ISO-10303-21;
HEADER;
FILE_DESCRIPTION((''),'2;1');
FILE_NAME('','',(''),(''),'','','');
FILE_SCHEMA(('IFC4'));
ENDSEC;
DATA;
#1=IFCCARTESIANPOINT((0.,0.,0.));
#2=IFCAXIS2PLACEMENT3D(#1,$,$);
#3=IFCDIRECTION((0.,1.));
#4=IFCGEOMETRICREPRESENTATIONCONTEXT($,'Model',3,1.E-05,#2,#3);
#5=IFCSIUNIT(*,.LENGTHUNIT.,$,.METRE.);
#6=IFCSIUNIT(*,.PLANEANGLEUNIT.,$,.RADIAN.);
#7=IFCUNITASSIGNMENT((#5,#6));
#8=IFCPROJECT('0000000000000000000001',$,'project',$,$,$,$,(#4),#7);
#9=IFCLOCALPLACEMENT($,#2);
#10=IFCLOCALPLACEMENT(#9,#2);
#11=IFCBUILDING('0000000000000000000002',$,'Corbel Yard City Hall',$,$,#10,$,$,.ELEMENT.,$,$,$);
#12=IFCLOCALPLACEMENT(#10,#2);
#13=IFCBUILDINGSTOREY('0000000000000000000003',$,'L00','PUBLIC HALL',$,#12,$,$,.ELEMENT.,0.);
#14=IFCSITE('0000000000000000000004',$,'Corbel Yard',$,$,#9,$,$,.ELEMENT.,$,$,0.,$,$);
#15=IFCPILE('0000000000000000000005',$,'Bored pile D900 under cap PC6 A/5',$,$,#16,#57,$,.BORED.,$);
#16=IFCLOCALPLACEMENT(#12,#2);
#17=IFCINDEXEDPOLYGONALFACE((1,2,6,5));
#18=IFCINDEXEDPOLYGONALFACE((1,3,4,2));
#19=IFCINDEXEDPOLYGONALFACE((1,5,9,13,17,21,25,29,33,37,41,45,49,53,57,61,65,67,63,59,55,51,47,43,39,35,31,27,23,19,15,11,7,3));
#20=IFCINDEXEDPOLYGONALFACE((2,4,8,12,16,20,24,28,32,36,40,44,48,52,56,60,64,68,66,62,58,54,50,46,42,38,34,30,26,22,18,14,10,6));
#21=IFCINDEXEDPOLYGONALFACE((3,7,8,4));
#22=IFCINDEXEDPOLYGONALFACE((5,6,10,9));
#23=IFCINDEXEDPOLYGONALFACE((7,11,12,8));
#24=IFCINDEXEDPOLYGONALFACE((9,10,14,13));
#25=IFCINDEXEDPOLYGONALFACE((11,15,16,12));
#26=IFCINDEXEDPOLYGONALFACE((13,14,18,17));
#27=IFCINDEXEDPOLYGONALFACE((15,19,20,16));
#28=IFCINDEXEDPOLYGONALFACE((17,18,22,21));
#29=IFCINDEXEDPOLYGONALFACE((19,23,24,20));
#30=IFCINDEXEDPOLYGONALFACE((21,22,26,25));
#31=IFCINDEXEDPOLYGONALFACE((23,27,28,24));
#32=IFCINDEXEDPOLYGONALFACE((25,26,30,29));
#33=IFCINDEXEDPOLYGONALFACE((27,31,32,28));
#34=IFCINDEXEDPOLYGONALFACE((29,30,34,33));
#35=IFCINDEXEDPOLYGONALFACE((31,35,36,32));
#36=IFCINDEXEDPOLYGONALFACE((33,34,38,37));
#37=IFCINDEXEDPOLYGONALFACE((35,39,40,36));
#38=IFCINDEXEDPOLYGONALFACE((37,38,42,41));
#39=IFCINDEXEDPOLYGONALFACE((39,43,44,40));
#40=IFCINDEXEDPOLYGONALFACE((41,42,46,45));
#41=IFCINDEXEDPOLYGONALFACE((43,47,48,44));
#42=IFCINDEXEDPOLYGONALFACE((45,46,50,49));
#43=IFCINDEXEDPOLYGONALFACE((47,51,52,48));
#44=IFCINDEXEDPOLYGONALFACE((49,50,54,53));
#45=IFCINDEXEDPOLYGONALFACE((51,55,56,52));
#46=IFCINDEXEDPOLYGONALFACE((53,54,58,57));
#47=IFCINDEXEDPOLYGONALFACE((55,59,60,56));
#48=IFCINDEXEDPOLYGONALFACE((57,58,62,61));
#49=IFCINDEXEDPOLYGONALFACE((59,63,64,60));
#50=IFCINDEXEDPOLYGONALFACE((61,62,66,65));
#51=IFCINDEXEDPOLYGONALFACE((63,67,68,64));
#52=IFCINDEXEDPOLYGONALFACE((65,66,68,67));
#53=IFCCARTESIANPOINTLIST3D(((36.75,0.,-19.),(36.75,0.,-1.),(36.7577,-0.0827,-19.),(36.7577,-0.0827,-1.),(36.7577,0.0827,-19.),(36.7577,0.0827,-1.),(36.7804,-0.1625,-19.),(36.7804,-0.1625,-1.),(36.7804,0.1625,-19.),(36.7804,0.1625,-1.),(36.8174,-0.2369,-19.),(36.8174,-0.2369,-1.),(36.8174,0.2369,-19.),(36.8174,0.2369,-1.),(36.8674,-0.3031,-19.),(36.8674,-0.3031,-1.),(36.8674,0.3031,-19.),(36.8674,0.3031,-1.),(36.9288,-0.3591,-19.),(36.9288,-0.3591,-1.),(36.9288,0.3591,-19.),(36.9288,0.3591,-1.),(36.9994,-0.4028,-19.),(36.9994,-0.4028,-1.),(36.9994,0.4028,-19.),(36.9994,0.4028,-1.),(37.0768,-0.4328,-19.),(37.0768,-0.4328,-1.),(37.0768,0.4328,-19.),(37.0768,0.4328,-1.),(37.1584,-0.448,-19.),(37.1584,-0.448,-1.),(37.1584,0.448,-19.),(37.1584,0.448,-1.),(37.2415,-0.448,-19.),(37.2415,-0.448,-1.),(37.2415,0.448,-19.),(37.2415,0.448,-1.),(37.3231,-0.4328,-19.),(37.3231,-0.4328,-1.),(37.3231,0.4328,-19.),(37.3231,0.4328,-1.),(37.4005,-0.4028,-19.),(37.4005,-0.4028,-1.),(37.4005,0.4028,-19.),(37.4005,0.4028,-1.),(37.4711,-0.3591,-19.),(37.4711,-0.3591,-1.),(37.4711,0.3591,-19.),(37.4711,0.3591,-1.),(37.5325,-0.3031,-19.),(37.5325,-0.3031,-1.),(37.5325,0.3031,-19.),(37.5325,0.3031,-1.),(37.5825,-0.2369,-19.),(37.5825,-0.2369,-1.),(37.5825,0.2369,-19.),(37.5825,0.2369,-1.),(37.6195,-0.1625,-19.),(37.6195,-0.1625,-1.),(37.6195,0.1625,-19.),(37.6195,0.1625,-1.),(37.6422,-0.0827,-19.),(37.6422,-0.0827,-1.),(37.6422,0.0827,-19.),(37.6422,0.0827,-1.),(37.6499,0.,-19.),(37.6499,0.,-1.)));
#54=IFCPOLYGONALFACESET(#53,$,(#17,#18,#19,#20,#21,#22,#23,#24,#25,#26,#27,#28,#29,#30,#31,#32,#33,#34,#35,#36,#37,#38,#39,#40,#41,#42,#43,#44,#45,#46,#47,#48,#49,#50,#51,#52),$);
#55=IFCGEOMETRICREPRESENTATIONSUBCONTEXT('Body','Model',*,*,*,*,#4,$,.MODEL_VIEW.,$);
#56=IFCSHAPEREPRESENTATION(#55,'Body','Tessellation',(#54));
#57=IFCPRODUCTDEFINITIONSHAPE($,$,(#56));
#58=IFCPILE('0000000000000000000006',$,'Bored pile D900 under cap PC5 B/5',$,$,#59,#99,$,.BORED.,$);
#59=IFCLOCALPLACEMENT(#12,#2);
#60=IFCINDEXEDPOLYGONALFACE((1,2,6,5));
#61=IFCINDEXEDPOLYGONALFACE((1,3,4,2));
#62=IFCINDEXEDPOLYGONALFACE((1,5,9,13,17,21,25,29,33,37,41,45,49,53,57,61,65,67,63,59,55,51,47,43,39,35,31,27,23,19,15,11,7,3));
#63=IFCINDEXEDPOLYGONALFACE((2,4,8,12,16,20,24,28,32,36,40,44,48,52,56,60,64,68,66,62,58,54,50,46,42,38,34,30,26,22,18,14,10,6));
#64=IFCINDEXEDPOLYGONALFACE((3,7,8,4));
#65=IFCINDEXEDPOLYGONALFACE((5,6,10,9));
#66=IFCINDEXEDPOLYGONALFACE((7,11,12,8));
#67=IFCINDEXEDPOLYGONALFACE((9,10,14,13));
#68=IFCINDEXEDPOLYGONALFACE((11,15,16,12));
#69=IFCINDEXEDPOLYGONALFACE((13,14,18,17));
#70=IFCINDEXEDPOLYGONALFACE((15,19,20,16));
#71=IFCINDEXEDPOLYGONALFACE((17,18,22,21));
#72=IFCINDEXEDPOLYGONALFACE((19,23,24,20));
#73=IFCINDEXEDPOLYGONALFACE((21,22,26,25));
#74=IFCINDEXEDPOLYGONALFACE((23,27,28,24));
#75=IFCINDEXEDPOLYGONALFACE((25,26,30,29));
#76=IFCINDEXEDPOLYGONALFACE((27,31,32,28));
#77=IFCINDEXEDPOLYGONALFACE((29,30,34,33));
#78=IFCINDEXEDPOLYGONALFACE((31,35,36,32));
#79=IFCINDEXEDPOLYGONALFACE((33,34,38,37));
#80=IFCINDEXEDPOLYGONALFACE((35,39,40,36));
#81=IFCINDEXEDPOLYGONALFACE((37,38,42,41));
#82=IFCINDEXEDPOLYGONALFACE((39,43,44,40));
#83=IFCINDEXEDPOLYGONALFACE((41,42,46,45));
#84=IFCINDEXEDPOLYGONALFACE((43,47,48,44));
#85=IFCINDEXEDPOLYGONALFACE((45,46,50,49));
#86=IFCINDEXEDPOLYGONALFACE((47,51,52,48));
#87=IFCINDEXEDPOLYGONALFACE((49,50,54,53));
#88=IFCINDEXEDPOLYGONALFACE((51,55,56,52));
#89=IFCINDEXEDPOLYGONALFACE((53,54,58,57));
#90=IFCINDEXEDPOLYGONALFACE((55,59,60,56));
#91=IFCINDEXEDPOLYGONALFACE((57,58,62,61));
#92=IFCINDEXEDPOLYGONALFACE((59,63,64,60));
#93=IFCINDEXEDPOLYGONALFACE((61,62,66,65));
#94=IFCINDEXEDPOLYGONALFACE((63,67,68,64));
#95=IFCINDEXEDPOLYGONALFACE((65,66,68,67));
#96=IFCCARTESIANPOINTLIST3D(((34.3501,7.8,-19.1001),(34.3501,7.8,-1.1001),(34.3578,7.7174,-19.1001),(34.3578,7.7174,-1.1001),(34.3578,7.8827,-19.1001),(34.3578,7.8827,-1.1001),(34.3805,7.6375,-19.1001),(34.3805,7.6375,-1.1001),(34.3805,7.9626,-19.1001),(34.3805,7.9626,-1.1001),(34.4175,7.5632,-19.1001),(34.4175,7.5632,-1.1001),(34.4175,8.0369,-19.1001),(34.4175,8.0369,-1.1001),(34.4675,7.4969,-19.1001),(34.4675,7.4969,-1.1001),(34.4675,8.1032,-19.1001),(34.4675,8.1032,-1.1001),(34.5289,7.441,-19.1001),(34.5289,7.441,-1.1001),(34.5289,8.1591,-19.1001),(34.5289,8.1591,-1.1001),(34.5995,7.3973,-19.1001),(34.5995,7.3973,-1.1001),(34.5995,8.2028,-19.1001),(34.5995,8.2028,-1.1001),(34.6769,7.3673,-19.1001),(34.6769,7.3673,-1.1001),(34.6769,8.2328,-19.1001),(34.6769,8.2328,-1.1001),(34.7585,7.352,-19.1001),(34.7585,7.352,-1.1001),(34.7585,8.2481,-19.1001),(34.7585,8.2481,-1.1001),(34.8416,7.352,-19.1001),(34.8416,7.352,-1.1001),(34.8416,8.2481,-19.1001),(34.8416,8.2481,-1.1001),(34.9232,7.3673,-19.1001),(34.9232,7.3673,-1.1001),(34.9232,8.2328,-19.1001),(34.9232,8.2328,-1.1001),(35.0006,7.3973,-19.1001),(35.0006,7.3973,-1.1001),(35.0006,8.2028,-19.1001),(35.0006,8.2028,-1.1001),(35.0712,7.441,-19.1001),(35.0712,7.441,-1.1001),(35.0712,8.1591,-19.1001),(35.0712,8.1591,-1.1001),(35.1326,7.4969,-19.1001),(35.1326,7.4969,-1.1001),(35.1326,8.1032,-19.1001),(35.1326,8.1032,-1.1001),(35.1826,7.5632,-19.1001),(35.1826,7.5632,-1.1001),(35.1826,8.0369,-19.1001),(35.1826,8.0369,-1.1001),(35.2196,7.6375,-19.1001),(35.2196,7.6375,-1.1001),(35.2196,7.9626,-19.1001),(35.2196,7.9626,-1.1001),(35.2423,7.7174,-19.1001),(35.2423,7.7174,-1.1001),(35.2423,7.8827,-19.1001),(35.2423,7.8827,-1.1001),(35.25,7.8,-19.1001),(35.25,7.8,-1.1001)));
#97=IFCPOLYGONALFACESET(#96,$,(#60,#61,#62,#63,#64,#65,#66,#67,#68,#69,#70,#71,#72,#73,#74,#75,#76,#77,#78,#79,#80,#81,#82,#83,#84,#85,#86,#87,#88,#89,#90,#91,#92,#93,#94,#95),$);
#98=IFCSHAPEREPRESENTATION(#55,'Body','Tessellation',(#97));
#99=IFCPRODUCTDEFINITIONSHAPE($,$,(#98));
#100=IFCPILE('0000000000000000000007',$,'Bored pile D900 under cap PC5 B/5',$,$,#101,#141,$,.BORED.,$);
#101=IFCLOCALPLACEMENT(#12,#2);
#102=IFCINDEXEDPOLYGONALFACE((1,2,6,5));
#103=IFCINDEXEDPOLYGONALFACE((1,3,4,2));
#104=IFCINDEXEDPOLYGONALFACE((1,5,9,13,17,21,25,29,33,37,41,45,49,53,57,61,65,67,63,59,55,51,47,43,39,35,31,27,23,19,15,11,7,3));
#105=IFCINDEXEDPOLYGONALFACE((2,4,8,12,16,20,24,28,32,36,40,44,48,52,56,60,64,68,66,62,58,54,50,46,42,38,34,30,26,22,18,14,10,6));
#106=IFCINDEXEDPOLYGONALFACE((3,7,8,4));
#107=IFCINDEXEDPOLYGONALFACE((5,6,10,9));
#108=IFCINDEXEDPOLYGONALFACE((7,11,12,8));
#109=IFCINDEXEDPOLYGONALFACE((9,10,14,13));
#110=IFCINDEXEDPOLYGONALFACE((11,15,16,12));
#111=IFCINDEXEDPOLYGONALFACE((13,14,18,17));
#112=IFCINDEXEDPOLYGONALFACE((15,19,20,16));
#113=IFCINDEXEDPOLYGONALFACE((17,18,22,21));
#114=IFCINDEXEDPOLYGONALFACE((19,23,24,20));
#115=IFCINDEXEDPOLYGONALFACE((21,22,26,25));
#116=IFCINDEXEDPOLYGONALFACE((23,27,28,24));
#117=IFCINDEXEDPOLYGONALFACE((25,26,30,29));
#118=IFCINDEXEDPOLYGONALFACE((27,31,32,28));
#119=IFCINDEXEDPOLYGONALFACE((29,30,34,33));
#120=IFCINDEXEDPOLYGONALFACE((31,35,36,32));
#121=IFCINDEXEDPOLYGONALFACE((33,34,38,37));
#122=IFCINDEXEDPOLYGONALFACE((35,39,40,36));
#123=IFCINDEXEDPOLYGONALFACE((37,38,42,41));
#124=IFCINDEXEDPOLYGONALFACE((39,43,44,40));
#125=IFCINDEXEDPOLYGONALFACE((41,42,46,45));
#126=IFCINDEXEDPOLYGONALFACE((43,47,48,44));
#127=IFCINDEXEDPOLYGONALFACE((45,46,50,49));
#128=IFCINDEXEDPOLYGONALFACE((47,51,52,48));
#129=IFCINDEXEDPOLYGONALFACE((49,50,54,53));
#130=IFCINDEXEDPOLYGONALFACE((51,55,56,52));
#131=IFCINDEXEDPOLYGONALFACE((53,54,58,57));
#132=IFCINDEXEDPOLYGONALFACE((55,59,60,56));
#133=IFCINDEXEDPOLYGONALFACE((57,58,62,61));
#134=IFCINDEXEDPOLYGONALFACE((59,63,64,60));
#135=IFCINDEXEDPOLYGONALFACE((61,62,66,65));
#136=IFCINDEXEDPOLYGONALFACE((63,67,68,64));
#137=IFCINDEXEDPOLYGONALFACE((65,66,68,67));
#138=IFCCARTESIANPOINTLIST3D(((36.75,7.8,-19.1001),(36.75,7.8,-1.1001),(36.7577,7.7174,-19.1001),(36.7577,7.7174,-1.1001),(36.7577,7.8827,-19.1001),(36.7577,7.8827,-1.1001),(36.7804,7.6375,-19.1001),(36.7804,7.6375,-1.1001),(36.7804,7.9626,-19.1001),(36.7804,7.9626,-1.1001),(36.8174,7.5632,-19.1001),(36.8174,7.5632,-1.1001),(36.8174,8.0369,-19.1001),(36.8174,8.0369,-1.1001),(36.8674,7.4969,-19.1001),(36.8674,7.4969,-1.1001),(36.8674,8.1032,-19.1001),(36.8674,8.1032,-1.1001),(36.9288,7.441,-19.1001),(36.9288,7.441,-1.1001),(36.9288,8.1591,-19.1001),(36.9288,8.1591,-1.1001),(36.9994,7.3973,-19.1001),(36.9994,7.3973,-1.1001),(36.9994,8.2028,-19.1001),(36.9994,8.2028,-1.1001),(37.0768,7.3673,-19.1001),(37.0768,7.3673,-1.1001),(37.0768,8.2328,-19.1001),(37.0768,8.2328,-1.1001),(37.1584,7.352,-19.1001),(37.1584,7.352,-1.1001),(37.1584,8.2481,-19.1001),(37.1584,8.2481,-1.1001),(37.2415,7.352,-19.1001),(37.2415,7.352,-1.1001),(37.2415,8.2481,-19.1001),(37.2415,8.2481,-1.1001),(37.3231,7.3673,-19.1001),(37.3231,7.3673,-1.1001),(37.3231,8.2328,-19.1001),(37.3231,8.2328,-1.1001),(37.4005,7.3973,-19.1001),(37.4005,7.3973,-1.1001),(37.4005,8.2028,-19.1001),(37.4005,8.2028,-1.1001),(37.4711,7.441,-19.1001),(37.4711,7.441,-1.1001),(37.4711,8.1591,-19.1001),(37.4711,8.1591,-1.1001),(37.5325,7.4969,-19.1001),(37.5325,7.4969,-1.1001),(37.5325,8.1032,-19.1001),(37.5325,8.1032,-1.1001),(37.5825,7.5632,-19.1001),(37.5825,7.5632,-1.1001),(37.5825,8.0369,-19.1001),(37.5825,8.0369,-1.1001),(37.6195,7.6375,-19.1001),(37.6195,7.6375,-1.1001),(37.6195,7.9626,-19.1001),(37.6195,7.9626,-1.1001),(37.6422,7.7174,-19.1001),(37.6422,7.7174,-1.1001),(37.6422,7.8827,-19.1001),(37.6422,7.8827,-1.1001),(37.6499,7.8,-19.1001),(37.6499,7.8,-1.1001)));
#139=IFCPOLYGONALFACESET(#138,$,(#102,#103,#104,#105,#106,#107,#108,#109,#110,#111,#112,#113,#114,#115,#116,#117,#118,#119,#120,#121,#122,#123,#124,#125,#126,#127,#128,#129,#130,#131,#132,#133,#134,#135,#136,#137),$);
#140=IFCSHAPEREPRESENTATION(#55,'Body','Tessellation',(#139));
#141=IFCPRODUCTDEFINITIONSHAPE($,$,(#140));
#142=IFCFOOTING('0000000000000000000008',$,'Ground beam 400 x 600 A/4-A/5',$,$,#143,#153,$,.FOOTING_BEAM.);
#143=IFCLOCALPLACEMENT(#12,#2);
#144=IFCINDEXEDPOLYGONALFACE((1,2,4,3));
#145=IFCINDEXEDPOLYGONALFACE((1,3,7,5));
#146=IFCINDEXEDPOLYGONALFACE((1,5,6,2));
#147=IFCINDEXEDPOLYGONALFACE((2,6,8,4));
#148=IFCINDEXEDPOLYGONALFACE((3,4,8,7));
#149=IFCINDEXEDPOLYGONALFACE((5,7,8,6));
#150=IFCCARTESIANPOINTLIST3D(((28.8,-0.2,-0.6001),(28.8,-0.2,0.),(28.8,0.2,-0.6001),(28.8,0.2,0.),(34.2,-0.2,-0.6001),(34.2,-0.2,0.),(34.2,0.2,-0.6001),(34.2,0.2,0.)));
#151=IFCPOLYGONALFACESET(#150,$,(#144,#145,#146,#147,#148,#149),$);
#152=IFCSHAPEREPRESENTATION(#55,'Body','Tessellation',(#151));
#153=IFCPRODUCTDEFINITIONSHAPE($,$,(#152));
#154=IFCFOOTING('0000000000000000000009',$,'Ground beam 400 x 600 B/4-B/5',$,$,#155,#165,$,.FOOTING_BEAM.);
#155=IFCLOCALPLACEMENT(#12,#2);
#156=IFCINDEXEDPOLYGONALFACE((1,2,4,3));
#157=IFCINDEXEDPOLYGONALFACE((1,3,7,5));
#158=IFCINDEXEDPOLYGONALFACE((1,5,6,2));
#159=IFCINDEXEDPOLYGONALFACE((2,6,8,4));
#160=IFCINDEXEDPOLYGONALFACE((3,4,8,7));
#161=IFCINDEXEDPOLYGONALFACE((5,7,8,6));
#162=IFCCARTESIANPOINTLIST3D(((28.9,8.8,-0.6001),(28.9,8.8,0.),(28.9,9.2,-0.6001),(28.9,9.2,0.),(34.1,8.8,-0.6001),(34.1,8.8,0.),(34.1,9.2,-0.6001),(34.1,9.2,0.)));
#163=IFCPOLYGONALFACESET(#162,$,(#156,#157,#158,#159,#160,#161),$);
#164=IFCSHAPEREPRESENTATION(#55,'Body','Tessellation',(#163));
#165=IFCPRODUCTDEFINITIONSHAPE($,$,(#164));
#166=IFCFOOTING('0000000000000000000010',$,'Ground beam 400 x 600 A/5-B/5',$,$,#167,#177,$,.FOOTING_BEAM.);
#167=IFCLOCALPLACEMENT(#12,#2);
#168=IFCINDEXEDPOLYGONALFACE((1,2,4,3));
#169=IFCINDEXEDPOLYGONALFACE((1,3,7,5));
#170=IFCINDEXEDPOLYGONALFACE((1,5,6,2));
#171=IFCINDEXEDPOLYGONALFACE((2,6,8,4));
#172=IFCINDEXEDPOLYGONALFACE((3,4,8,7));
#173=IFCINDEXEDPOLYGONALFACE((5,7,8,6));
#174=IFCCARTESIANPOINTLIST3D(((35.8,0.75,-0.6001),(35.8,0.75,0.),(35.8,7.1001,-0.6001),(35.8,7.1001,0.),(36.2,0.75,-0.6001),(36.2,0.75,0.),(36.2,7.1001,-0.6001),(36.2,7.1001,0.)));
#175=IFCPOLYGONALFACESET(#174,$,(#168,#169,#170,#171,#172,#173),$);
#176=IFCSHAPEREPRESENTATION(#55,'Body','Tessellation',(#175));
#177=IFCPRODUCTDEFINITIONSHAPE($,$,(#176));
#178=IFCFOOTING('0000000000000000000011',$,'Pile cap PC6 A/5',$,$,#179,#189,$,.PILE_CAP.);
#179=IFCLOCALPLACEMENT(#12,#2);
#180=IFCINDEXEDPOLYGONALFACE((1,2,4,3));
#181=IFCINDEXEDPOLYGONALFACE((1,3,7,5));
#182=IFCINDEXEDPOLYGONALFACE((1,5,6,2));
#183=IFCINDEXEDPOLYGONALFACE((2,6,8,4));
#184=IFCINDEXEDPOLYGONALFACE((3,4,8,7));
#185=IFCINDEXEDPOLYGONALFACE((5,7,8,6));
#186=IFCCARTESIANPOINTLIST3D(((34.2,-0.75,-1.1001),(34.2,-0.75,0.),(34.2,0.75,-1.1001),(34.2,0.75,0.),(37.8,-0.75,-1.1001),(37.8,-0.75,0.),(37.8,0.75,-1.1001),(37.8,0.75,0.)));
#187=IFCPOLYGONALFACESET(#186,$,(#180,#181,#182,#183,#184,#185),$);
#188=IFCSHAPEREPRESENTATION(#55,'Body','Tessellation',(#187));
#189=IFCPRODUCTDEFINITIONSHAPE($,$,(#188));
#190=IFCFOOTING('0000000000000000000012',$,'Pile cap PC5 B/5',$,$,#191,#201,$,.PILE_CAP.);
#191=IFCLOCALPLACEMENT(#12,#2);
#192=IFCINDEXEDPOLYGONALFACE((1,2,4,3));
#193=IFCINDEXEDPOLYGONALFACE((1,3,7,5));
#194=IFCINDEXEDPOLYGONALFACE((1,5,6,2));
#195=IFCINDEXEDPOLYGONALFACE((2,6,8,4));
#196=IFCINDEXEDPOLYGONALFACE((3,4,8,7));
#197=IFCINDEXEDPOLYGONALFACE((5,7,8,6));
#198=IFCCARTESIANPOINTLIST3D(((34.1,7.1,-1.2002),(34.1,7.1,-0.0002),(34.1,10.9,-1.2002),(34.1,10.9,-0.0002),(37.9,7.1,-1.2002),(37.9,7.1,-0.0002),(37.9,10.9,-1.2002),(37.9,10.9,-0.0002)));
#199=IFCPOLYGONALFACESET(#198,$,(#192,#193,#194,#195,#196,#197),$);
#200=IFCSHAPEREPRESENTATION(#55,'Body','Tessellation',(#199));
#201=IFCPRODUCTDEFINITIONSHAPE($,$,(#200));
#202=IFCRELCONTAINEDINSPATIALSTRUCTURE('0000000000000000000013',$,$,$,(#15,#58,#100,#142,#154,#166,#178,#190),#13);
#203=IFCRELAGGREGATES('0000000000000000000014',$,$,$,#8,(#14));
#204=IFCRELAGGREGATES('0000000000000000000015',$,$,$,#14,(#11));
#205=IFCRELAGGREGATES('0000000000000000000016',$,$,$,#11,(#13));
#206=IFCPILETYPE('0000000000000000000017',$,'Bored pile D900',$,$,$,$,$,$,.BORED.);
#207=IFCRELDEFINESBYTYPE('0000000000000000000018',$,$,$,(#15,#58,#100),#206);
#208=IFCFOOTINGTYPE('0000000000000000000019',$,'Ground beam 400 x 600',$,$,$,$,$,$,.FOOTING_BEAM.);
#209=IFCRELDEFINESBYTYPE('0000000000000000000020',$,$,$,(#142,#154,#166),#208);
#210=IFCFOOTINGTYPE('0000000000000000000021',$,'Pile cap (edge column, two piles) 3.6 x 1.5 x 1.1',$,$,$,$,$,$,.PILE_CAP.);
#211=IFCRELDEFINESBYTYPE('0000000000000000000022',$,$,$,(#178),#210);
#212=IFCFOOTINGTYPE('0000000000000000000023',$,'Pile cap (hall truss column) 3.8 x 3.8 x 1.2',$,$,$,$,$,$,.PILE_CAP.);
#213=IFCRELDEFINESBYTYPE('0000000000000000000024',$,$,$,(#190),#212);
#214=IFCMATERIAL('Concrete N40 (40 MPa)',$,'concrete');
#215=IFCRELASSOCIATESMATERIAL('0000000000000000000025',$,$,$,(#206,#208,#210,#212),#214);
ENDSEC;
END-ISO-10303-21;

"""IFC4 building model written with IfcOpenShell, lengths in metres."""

from ifc_helpers import new_model, si_unit, direction, frame, origin, origin_2d, place, context, subcontext, project, spatial, rectangle, circle, extrude, material, material_profile, profile_set, type_object, element, save


model = new_model("IFC4")

# Units and contexts
model_context = context("Model", 3, precision=1e-05, world=origin(), true_north=direction((0.0, 1.0)))
body_context = subcontext(model_context, "Body", "Model", "MODEL_VIEW")
ifc_project = project(units=[si_unit("LENGTHUNIT", "METRE"), si_unit("PLANEANGLEUNIT", "RADIAN")], contexts=[model_context])

# Site, building, storey
site_placement = place(None, origin())
site = spatial("IfcSite", under=ifc_project, at=site_placement, Name="Corbel Yard", CompositionType="ELEMENT", RefElevation=0.0)
building_placement = place(site_placement, origin())
building = spatial("IfcBuilding", under=site, at=building_placement, Name="Corbel Yard City Hall", CompositionType="ELEMENT")
storey_placement = place(building_placement, origin())
storey = spatial("IfcBuildingStorey", under=building, at=storey_placement, Name="L00", Description="PUBLIC HALL", CompositionType="ELEMENT", Elevation=0.0)

# Piles
ifc_material_1 = material(Name="Concrete N40 (40 MPa)", Category="concrete")
ifc_material_profile_1 = material_profile(ifc_material_1, circle(Radius=0.45, at=origin_2d()), Name="D900")
ifc_profile_set_1 = profile_set([ifc_material_profile_1], Name="Concrete N40 (40 MPa)")
pile_type_1 = type_object("IfcPileType", Name="Bored pile D900", PredefinedType="BORED", material=ifc_profile_set_1)
for number, where, z_axis, x_axis, name in (
    (1, (37.2, 0.0, -1.0), (0.0, 0.0, -1.0), (1.0, 0.0, 0.0), "Bored pile D900 under cap PC6 A/5"),
    (2, (34.8, 7.8, -1.1001), (0.0, 0.0, -1.0), (1.0, 0.0, 0.0), "Bored pile D900 under cap PC5 B/5"),
    (3, (37.2, 7.8, -1.1001), (0.0, 0.0, -1.0), (1.0, 0.0, 0.0), "Bored pile D900 under cap PC5 B/5"),
):
    element("IfcPile", number, at=place(storey_placement, frame(where, z_axis=z_axis, x_axis=x_axis)), inside=storey, type_object=pile_type_1, Name=name, PredefinedType="BORED", context=body_context, shape_type="SweptSolid", body=[
        extrude(circle(Radius=0.45, at=origin_2d()), origin(), (0.0, 0.0, 1.0), 18.0),
    ])

# Footings
footing_type_1 = type_object("IfcFootingType", Name="Ground beam 400 x 600", PredefinedType="FOOTING_BEAM", material=ifc_material_1)
footing_1_placement = place(storey_placement, frame((31.5, 0.0, -0.6001), z_axis=(0.0, 0.0, 1.0), x_axis=(1.0, 0.0, 0.0)))
element("IfcFooting", 4, at=footing_1_placement, inside=storey, type_object=footing_type_1, Name="Ground beam 400 x 600 A/4-A/5", PredefinedType="FOOTING_BEAM", context=body_context, shape_type="SweptSolid", body=[
    extrude(rectangle(XDim=5.3999, YDim=0.3999, at=origin_2d()), origin(), (0.0, 0.0, 1.0), 0.6001),
])
footing_2_placement = place(storey_placement, frame((31.5, 9.0, -0.6001), z_axis=(0.0, 0.0, 1.0), x_axis=(1.0, 0.0, 0.0)))
element("IfcFooting", 5, at=footing_2_placement, inside=storey, type_object=footing_type_1, Name="Ground beam 400 x 600 B/4-B/5", PredefinedType="FOOTING_BEAM", context=body_context, shape_type="SweptSolid", body=[
    extrude(rectangle(XDim=5.2, YDim=0.3999, at=origin_2d()), origin(), (0.0, 0.0, 1.0), 0.6001),
])
footing_3_placement = place(storey_placement, frame((36.0, 3.925, -0.6001), z_axis=(0.0, 0.0, 1.0), x_axis=(1.0, 0.0, 0.0)))
element("IfcFooting", 6, at=footing_3_placement, inside=storey, type_object=footing_type_1, Name="Ground beam 400 x 600 A/5-B/5", PredefinedType="FOOTING_BEAM", context=body_context, shape_type="SweptSolid", body=[
    extrude(rectangle(XDim=0.3999, YDim=6.3501, at=origin_2d()), origin(), (0.0, 0.0, 1.0), 0.6001),
])
footing_type_2 = type_object("IfcFootingType", Name="Pile cap (edge column, two piles) 3.6 x 1.5 x 1.1", PredefinedType="PILE_CAP", material=ifc_material_1)
footing_4_placement = place(storey_placement, frame((36.0, 0.0, -1.1001), z_axis=(0.0, 0.0, 1.0), x_axis=(1.0, 0.0, 0.0)))
element("IfcFooting", 7, at=footing_4_placement, inside=storey, type_object=footing_type_2, Name="Pile cap PC6 A/5", PredefinedType="PILE_CAP", context=body_context, shape_type="SweptSolid", body=[
    extrude(rectangle(XDim=3.6001, YDim=1.5, at=origin_2d()), origin(), (0.0, 0.0, 1.0), 1.1001),
])
footing_type_3 = type_object("IfcFootingType", Name="Pile cap (hall truss column) 3.8 x 3.8 x 1.2", PredefinedType="PILE_CAP", material=ifc_material_1)
footing_5_placement = place(storey_placement, frame((36.0, 9.0, -1.2002), z_axis=(0.0, 0.0, 1.0), x_axis=(1.0, 0.0, 0.0)))
element("IfcFooting", 8, at=footing_5_placement, inside=storey, type_object=footing_type_3, Name="Pile cap PC5 B/5", PredefinedType="PILE_CAP", context=body_context, shape_type="SweptSolid", body=[
    extrude(rectangle(XDim=3.8, YDim=3.8, at=origin_2d()), origin(), (0.0, 0.0, 1.0), 1.2),
])

save(model, "model.ifc")
